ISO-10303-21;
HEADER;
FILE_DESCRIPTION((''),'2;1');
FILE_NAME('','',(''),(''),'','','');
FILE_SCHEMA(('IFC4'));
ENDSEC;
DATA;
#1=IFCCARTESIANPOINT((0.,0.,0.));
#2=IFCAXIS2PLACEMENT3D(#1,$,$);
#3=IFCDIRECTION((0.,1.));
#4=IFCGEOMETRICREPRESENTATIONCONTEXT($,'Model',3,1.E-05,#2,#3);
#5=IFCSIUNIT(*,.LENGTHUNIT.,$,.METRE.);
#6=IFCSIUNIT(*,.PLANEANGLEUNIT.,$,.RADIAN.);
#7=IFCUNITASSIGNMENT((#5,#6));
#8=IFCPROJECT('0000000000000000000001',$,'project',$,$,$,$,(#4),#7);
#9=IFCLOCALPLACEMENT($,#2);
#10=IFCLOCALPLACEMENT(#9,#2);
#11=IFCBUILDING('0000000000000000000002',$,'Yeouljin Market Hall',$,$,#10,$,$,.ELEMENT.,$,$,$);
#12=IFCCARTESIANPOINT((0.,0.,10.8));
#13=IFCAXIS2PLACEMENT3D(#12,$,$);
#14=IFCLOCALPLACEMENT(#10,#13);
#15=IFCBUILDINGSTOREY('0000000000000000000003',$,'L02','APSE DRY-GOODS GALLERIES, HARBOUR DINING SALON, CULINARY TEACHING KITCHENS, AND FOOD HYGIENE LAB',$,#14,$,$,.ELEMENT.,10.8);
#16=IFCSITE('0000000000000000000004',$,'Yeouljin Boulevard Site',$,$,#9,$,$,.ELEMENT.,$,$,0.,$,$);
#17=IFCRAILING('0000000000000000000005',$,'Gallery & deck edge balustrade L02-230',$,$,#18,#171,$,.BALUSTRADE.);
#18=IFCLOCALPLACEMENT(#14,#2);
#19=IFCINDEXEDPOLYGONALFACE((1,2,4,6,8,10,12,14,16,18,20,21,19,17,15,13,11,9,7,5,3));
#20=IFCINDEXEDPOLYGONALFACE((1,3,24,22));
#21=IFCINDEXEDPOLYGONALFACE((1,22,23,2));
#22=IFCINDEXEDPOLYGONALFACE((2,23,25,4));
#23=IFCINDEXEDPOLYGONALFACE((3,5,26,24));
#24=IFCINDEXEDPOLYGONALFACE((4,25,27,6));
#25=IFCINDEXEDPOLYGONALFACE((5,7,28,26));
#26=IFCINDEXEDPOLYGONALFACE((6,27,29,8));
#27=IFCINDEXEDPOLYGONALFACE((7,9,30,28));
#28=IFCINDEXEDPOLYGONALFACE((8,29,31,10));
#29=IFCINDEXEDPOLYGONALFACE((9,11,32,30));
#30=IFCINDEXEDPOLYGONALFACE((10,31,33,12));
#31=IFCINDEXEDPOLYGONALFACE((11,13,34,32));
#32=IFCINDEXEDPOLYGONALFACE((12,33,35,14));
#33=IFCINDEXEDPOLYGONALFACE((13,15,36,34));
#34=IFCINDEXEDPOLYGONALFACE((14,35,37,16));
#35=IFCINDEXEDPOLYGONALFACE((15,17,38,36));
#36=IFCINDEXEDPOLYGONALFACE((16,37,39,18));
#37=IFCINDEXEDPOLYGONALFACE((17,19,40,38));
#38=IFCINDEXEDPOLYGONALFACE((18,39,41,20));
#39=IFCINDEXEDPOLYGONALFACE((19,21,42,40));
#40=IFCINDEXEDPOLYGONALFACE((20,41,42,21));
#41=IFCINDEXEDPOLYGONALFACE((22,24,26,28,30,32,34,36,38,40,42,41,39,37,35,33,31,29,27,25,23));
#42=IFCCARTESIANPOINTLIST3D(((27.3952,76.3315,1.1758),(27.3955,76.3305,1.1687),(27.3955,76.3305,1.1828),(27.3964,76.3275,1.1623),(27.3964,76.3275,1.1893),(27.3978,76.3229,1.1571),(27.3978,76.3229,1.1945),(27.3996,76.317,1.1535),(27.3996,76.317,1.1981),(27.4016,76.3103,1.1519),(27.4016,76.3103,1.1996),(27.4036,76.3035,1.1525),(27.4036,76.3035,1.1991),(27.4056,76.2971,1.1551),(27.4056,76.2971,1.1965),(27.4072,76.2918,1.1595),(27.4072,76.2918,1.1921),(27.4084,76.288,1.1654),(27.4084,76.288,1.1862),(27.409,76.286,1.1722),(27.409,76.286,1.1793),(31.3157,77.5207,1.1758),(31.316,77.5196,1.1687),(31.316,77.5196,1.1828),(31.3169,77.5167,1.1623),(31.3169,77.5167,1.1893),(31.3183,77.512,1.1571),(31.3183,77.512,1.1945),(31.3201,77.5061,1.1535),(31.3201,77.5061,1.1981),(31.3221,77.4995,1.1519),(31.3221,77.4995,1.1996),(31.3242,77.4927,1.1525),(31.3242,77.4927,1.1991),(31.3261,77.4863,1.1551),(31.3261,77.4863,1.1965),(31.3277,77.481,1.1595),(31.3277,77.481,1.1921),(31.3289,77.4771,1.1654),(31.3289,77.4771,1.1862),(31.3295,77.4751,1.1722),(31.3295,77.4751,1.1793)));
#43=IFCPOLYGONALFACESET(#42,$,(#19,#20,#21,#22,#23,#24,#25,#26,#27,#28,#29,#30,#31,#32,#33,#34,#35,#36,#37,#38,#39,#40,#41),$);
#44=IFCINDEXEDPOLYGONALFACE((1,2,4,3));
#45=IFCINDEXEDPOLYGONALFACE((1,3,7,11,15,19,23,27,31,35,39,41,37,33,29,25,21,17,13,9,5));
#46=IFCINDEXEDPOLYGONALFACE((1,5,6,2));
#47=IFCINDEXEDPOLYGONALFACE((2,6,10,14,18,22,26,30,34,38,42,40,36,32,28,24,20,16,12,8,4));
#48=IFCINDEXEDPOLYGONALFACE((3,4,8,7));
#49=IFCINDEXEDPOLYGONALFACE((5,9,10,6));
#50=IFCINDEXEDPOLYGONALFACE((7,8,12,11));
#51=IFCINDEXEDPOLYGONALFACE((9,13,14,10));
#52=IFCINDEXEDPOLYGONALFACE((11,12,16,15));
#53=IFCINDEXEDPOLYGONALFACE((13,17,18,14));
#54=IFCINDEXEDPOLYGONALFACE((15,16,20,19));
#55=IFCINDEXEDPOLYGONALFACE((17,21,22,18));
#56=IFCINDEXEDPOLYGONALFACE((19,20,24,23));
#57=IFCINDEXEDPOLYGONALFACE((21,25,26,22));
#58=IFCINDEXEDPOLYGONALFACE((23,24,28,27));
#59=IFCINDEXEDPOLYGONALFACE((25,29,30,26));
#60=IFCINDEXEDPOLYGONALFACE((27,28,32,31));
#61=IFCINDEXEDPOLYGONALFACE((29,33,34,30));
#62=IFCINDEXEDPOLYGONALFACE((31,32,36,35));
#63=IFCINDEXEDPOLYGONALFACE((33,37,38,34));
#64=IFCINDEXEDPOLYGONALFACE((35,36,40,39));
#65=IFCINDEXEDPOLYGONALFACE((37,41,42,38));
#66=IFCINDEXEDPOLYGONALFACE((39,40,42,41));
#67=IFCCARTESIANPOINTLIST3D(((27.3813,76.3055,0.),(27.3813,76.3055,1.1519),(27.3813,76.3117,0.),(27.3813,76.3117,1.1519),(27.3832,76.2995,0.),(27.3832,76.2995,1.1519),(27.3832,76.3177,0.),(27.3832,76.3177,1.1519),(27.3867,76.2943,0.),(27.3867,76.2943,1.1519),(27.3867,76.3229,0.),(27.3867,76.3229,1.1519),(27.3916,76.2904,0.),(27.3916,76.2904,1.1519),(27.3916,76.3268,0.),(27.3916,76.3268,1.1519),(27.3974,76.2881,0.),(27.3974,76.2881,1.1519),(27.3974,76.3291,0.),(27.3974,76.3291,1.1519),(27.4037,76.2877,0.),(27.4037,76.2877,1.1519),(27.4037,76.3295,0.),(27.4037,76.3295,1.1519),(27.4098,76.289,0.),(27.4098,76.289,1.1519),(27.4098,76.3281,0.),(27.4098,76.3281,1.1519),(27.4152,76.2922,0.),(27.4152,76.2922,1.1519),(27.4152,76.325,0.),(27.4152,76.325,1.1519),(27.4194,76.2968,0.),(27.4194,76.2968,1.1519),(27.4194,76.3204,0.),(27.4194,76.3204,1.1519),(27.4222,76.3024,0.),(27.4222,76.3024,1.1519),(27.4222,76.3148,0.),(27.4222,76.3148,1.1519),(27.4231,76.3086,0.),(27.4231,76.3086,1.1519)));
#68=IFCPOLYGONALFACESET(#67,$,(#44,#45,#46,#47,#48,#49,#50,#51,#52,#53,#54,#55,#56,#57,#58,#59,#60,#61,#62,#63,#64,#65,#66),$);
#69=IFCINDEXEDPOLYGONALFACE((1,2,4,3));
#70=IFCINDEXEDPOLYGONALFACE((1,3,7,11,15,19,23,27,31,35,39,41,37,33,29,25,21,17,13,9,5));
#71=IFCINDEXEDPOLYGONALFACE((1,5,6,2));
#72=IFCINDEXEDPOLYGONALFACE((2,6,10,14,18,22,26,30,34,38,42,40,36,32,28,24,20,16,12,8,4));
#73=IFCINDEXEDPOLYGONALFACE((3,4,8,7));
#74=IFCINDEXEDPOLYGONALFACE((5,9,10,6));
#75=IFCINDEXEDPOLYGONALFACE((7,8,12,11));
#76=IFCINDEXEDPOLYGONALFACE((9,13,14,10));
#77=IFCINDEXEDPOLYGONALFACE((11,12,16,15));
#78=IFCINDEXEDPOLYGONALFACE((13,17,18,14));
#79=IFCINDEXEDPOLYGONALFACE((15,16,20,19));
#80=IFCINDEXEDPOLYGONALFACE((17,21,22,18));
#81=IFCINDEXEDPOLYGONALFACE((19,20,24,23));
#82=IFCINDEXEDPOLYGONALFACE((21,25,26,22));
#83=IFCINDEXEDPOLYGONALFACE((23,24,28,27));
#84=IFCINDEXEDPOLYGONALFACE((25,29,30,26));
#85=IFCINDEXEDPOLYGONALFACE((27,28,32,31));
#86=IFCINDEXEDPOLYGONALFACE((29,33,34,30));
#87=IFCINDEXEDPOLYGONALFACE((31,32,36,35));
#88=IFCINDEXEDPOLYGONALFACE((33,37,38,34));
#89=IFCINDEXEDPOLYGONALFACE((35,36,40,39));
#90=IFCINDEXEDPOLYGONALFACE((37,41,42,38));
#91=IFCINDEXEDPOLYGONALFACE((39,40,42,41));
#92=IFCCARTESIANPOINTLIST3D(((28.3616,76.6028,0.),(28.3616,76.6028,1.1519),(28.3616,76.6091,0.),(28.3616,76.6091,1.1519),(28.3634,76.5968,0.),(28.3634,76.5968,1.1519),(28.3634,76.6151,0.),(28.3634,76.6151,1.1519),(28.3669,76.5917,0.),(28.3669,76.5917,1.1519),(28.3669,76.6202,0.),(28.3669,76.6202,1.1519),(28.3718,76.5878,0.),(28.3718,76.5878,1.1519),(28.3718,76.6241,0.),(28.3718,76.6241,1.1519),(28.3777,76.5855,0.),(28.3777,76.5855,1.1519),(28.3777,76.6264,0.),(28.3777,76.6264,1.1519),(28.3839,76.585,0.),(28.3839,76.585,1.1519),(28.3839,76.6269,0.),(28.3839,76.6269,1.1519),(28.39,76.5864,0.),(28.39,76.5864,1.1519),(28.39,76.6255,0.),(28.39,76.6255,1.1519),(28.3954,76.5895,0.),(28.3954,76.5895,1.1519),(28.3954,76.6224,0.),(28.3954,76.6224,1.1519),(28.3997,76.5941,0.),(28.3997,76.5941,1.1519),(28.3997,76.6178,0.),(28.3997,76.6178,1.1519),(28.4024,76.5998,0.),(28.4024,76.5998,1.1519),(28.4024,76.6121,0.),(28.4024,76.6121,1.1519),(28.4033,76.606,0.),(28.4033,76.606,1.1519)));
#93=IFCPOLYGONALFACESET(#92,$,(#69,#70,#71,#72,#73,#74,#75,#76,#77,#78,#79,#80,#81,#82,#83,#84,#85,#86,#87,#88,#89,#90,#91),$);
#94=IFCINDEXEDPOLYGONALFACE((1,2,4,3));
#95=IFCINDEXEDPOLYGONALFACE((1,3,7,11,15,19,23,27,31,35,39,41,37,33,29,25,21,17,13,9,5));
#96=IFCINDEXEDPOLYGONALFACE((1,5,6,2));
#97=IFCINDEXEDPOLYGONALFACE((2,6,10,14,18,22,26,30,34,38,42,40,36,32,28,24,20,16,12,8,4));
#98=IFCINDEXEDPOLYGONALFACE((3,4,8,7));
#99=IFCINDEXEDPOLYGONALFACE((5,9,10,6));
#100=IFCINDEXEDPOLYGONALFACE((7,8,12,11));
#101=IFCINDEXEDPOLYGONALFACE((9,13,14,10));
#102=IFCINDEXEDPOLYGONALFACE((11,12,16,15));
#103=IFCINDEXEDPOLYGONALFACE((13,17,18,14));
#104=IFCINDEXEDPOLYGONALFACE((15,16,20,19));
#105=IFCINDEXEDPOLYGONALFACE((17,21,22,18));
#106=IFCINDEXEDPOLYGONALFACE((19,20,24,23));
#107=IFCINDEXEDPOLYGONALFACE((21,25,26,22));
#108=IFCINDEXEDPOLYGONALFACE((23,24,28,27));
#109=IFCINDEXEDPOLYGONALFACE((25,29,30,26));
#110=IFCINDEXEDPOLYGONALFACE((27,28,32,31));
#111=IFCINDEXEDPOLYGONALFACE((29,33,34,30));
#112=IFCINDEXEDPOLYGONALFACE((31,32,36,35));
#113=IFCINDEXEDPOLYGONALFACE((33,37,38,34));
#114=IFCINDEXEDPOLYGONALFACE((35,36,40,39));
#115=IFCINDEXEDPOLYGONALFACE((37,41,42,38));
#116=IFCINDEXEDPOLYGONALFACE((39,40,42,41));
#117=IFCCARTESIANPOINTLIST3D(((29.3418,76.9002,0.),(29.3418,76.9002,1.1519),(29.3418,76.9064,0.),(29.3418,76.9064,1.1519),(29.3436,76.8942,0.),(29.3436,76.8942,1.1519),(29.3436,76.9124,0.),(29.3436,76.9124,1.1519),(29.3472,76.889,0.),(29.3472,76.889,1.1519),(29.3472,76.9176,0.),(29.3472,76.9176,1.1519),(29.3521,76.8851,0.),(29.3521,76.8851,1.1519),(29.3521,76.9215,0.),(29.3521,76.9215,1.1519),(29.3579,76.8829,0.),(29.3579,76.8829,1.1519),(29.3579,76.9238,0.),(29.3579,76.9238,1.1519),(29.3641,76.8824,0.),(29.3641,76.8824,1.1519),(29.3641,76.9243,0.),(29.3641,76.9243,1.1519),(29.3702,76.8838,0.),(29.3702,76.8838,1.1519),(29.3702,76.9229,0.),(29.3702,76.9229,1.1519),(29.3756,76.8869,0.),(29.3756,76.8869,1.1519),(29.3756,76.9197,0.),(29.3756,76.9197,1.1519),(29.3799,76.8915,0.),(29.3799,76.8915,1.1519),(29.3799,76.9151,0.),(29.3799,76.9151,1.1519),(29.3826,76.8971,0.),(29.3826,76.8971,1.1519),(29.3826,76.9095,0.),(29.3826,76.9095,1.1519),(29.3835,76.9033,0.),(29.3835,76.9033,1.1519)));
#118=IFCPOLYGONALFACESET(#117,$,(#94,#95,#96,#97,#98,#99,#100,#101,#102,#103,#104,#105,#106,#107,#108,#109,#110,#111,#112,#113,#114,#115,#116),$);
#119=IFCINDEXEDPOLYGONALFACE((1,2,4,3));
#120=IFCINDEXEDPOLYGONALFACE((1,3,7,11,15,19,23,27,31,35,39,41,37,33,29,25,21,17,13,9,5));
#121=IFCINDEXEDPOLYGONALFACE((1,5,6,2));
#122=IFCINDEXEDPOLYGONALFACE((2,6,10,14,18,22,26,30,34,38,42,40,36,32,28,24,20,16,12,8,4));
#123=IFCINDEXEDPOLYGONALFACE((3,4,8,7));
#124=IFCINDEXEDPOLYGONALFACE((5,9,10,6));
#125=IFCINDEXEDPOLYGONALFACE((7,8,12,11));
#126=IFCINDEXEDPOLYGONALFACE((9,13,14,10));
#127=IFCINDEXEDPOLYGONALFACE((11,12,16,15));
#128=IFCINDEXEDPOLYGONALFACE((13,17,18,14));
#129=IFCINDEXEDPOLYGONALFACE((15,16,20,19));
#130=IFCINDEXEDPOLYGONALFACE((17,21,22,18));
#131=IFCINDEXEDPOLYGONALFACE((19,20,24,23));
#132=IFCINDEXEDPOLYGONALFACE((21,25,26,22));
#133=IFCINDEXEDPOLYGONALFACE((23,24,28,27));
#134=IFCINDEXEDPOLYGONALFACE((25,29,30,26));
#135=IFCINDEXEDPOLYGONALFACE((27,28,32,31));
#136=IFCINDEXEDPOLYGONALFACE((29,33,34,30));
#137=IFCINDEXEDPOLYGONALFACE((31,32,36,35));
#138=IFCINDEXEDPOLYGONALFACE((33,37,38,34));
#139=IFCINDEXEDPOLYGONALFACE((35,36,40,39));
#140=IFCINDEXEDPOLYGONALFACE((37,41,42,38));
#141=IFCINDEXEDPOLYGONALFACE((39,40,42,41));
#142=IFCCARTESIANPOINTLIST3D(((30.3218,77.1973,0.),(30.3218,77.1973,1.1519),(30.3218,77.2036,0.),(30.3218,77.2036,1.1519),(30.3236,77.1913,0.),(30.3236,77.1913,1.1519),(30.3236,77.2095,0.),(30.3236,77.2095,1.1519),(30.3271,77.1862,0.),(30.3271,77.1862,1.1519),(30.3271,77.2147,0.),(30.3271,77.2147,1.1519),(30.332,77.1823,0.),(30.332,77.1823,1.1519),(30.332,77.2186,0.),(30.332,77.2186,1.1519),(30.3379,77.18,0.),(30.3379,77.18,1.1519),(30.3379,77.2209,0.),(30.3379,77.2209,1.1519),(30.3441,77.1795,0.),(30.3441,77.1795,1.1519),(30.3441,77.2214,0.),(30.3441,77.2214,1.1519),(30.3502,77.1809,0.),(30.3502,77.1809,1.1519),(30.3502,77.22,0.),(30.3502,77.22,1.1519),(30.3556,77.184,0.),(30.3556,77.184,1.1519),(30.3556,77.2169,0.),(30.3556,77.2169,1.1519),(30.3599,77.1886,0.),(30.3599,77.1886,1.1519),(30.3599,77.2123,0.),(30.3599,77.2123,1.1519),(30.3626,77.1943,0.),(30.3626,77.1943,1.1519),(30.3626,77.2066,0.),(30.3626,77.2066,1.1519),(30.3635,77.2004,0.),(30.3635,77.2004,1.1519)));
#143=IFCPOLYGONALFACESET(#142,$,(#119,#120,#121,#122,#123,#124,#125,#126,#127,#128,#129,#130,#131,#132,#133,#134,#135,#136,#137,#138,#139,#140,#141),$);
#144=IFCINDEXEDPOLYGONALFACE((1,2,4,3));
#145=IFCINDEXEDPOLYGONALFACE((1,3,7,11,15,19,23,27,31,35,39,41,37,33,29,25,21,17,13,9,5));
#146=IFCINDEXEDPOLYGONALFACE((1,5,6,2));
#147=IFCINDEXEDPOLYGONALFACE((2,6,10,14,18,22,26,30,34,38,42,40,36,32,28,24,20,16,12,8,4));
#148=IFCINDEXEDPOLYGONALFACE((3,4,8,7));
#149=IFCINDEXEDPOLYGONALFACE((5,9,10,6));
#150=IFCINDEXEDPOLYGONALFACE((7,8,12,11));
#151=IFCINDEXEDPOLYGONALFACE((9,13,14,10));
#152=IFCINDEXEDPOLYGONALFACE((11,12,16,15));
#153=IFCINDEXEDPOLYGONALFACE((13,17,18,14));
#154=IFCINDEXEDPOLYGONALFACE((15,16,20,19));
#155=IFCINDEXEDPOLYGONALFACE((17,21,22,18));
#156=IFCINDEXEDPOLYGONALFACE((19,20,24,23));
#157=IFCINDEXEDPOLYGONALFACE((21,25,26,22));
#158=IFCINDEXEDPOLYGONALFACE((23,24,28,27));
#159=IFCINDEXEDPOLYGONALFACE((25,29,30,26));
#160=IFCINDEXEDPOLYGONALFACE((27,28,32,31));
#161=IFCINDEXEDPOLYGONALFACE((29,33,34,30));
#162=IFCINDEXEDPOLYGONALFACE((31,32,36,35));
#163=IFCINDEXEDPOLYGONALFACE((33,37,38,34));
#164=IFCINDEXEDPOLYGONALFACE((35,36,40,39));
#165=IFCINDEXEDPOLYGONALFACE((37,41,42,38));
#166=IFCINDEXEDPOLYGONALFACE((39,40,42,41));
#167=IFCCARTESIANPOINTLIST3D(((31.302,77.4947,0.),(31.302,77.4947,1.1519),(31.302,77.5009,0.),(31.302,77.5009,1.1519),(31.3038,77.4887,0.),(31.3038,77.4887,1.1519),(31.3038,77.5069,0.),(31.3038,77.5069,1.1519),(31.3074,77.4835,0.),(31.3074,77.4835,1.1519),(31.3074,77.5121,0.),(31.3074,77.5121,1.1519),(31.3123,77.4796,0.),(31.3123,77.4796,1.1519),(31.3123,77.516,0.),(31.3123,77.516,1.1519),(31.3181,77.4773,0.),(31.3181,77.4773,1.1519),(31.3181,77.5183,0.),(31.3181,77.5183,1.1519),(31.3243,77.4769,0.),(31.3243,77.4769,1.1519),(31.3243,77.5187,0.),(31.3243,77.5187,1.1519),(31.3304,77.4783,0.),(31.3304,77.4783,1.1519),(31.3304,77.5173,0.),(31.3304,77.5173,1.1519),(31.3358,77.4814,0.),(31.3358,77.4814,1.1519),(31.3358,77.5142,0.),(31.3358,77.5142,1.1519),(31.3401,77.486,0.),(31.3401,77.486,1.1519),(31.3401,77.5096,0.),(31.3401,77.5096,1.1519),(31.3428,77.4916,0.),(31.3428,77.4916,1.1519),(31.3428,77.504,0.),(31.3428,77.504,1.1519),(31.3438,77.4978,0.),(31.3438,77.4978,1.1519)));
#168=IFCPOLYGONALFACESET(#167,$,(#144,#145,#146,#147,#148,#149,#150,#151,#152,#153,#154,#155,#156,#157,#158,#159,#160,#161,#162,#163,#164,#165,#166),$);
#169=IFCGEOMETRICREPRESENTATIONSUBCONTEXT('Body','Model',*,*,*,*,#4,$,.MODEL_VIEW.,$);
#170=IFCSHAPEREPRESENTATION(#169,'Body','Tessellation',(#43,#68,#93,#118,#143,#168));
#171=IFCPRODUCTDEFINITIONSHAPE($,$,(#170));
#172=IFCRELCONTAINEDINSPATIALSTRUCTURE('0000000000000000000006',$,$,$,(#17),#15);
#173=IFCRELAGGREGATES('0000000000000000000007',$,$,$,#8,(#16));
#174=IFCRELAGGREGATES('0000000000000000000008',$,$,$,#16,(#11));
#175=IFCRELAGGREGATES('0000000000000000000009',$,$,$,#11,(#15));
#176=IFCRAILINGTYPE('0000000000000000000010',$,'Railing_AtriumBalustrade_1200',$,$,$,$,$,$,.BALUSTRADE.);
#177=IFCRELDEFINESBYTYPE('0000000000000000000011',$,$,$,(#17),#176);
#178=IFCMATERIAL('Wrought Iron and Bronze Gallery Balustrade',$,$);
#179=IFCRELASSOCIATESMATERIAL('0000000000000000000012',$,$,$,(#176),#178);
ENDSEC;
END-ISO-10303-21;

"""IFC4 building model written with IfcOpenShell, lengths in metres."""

from ifc_helpers import new_model, si_unit, direction, frame, origin, origin_2d, place, context, subcontext, project, spatial, circle, extrude, material, type_object, element, save


model = new_model("IFC4")

# Units and contexts
model_context = context("Model", 3, precision=1e-05, world=origin(), true_north=direction((0.0, 1.0)))
body_context = subcontext(model_context, "Body", "Model", "MODEL_VIEW")
ifc_project = project(units=[si_unit("LENGTHUNIT", "METRE"), si_unit("PLANEANGLEUNIT", "RADIAN")], contexts=[model_context])

# Site, building, storey
site_placement = place(None, origin())
site = spatial("IfcSite", under=ifc_project, at=site_placement, Name="Yeouljin Boulevard Site", CompositionType="ELEMENT", RefElevation=0.0)
building_placement = place(site_placement, origin())
building = spatial("IfcBuilding", under=site, at=building_placement, Name="Yeouljin Market Hall", CompositionType="ELEMENT")
storey_placement = place(building_placement, frame((0.0, 0.0, 10.8)))
storey = spatial("IfcBuildingStorey", under=building, at=storey_placement, Name="L02", Description="APSE DRY-GOODS GALLERIES, HARBOUR DINING SALON, CULINARY TEACHING KITCHENS, AND FOOD HYGIENE LAB", CompositionType="ELEMENT", Elevation=10.8)

# Railing
ifc_material_1 = material(Name="Wrought Iron and Bronze Gallery Balustrade")
railing_type = type_object("IfcRailingType", Name="Railing_AtriumBalustrade_1200", PredefinedType="BALUSTRADE", material=ifc_material_1)
railing_1_placement = place(storey_placement, frame((27.4021, 76.3086, 0.0)))
element("IfcRailing", 1, at=railing_1_placement, inside=storey, type_object=railing_type, Name="Gallery & deck edge balustrade L02-230", PredefinedType="BALUSTRADE", context=body_context, shape_type="SweptSolid", body=[
    extrude(circle(Radius=0.0239, at=origin_2d()), frame((0.0, 0.0, 1.1758), z_axis=(0.956948, 0.29026, 0.0), x_axis=(-0.29026, 0.956948, 0.0)), (0.0, 0.0, 1.0), 4.0969),
    extrude(circle(Radius=0.021, at=origin_2d()), origin(), (0.0, 0.0, 1.0), 1.1519),
    extrude(circle(Radius=0.021, at=origin_2d()), frame((0.9802, 0.2974, 0.0)), (0.0, 0.0, 1.0), 1.1519),
    extrude(circle(Radius=0.021, at=origin_2d()), frame((1.9604, 0.5947, 0.0)), (0.0, 0.0, 1.0), 1.1519),
    extrude(circle(Radius=0.021, at=origin_2d()), frame((2.9404, 0.8918, 0.0)), (0.0, 0.0, 1.0), 1.1519),
    extrude(circle(Radius=0.021, at=origin_2d()), frame((3.9207, 1.1892, 0.0)), (0.0, 0.0, 1.0), 1.1519),
])

save(model, "model.ifc")
